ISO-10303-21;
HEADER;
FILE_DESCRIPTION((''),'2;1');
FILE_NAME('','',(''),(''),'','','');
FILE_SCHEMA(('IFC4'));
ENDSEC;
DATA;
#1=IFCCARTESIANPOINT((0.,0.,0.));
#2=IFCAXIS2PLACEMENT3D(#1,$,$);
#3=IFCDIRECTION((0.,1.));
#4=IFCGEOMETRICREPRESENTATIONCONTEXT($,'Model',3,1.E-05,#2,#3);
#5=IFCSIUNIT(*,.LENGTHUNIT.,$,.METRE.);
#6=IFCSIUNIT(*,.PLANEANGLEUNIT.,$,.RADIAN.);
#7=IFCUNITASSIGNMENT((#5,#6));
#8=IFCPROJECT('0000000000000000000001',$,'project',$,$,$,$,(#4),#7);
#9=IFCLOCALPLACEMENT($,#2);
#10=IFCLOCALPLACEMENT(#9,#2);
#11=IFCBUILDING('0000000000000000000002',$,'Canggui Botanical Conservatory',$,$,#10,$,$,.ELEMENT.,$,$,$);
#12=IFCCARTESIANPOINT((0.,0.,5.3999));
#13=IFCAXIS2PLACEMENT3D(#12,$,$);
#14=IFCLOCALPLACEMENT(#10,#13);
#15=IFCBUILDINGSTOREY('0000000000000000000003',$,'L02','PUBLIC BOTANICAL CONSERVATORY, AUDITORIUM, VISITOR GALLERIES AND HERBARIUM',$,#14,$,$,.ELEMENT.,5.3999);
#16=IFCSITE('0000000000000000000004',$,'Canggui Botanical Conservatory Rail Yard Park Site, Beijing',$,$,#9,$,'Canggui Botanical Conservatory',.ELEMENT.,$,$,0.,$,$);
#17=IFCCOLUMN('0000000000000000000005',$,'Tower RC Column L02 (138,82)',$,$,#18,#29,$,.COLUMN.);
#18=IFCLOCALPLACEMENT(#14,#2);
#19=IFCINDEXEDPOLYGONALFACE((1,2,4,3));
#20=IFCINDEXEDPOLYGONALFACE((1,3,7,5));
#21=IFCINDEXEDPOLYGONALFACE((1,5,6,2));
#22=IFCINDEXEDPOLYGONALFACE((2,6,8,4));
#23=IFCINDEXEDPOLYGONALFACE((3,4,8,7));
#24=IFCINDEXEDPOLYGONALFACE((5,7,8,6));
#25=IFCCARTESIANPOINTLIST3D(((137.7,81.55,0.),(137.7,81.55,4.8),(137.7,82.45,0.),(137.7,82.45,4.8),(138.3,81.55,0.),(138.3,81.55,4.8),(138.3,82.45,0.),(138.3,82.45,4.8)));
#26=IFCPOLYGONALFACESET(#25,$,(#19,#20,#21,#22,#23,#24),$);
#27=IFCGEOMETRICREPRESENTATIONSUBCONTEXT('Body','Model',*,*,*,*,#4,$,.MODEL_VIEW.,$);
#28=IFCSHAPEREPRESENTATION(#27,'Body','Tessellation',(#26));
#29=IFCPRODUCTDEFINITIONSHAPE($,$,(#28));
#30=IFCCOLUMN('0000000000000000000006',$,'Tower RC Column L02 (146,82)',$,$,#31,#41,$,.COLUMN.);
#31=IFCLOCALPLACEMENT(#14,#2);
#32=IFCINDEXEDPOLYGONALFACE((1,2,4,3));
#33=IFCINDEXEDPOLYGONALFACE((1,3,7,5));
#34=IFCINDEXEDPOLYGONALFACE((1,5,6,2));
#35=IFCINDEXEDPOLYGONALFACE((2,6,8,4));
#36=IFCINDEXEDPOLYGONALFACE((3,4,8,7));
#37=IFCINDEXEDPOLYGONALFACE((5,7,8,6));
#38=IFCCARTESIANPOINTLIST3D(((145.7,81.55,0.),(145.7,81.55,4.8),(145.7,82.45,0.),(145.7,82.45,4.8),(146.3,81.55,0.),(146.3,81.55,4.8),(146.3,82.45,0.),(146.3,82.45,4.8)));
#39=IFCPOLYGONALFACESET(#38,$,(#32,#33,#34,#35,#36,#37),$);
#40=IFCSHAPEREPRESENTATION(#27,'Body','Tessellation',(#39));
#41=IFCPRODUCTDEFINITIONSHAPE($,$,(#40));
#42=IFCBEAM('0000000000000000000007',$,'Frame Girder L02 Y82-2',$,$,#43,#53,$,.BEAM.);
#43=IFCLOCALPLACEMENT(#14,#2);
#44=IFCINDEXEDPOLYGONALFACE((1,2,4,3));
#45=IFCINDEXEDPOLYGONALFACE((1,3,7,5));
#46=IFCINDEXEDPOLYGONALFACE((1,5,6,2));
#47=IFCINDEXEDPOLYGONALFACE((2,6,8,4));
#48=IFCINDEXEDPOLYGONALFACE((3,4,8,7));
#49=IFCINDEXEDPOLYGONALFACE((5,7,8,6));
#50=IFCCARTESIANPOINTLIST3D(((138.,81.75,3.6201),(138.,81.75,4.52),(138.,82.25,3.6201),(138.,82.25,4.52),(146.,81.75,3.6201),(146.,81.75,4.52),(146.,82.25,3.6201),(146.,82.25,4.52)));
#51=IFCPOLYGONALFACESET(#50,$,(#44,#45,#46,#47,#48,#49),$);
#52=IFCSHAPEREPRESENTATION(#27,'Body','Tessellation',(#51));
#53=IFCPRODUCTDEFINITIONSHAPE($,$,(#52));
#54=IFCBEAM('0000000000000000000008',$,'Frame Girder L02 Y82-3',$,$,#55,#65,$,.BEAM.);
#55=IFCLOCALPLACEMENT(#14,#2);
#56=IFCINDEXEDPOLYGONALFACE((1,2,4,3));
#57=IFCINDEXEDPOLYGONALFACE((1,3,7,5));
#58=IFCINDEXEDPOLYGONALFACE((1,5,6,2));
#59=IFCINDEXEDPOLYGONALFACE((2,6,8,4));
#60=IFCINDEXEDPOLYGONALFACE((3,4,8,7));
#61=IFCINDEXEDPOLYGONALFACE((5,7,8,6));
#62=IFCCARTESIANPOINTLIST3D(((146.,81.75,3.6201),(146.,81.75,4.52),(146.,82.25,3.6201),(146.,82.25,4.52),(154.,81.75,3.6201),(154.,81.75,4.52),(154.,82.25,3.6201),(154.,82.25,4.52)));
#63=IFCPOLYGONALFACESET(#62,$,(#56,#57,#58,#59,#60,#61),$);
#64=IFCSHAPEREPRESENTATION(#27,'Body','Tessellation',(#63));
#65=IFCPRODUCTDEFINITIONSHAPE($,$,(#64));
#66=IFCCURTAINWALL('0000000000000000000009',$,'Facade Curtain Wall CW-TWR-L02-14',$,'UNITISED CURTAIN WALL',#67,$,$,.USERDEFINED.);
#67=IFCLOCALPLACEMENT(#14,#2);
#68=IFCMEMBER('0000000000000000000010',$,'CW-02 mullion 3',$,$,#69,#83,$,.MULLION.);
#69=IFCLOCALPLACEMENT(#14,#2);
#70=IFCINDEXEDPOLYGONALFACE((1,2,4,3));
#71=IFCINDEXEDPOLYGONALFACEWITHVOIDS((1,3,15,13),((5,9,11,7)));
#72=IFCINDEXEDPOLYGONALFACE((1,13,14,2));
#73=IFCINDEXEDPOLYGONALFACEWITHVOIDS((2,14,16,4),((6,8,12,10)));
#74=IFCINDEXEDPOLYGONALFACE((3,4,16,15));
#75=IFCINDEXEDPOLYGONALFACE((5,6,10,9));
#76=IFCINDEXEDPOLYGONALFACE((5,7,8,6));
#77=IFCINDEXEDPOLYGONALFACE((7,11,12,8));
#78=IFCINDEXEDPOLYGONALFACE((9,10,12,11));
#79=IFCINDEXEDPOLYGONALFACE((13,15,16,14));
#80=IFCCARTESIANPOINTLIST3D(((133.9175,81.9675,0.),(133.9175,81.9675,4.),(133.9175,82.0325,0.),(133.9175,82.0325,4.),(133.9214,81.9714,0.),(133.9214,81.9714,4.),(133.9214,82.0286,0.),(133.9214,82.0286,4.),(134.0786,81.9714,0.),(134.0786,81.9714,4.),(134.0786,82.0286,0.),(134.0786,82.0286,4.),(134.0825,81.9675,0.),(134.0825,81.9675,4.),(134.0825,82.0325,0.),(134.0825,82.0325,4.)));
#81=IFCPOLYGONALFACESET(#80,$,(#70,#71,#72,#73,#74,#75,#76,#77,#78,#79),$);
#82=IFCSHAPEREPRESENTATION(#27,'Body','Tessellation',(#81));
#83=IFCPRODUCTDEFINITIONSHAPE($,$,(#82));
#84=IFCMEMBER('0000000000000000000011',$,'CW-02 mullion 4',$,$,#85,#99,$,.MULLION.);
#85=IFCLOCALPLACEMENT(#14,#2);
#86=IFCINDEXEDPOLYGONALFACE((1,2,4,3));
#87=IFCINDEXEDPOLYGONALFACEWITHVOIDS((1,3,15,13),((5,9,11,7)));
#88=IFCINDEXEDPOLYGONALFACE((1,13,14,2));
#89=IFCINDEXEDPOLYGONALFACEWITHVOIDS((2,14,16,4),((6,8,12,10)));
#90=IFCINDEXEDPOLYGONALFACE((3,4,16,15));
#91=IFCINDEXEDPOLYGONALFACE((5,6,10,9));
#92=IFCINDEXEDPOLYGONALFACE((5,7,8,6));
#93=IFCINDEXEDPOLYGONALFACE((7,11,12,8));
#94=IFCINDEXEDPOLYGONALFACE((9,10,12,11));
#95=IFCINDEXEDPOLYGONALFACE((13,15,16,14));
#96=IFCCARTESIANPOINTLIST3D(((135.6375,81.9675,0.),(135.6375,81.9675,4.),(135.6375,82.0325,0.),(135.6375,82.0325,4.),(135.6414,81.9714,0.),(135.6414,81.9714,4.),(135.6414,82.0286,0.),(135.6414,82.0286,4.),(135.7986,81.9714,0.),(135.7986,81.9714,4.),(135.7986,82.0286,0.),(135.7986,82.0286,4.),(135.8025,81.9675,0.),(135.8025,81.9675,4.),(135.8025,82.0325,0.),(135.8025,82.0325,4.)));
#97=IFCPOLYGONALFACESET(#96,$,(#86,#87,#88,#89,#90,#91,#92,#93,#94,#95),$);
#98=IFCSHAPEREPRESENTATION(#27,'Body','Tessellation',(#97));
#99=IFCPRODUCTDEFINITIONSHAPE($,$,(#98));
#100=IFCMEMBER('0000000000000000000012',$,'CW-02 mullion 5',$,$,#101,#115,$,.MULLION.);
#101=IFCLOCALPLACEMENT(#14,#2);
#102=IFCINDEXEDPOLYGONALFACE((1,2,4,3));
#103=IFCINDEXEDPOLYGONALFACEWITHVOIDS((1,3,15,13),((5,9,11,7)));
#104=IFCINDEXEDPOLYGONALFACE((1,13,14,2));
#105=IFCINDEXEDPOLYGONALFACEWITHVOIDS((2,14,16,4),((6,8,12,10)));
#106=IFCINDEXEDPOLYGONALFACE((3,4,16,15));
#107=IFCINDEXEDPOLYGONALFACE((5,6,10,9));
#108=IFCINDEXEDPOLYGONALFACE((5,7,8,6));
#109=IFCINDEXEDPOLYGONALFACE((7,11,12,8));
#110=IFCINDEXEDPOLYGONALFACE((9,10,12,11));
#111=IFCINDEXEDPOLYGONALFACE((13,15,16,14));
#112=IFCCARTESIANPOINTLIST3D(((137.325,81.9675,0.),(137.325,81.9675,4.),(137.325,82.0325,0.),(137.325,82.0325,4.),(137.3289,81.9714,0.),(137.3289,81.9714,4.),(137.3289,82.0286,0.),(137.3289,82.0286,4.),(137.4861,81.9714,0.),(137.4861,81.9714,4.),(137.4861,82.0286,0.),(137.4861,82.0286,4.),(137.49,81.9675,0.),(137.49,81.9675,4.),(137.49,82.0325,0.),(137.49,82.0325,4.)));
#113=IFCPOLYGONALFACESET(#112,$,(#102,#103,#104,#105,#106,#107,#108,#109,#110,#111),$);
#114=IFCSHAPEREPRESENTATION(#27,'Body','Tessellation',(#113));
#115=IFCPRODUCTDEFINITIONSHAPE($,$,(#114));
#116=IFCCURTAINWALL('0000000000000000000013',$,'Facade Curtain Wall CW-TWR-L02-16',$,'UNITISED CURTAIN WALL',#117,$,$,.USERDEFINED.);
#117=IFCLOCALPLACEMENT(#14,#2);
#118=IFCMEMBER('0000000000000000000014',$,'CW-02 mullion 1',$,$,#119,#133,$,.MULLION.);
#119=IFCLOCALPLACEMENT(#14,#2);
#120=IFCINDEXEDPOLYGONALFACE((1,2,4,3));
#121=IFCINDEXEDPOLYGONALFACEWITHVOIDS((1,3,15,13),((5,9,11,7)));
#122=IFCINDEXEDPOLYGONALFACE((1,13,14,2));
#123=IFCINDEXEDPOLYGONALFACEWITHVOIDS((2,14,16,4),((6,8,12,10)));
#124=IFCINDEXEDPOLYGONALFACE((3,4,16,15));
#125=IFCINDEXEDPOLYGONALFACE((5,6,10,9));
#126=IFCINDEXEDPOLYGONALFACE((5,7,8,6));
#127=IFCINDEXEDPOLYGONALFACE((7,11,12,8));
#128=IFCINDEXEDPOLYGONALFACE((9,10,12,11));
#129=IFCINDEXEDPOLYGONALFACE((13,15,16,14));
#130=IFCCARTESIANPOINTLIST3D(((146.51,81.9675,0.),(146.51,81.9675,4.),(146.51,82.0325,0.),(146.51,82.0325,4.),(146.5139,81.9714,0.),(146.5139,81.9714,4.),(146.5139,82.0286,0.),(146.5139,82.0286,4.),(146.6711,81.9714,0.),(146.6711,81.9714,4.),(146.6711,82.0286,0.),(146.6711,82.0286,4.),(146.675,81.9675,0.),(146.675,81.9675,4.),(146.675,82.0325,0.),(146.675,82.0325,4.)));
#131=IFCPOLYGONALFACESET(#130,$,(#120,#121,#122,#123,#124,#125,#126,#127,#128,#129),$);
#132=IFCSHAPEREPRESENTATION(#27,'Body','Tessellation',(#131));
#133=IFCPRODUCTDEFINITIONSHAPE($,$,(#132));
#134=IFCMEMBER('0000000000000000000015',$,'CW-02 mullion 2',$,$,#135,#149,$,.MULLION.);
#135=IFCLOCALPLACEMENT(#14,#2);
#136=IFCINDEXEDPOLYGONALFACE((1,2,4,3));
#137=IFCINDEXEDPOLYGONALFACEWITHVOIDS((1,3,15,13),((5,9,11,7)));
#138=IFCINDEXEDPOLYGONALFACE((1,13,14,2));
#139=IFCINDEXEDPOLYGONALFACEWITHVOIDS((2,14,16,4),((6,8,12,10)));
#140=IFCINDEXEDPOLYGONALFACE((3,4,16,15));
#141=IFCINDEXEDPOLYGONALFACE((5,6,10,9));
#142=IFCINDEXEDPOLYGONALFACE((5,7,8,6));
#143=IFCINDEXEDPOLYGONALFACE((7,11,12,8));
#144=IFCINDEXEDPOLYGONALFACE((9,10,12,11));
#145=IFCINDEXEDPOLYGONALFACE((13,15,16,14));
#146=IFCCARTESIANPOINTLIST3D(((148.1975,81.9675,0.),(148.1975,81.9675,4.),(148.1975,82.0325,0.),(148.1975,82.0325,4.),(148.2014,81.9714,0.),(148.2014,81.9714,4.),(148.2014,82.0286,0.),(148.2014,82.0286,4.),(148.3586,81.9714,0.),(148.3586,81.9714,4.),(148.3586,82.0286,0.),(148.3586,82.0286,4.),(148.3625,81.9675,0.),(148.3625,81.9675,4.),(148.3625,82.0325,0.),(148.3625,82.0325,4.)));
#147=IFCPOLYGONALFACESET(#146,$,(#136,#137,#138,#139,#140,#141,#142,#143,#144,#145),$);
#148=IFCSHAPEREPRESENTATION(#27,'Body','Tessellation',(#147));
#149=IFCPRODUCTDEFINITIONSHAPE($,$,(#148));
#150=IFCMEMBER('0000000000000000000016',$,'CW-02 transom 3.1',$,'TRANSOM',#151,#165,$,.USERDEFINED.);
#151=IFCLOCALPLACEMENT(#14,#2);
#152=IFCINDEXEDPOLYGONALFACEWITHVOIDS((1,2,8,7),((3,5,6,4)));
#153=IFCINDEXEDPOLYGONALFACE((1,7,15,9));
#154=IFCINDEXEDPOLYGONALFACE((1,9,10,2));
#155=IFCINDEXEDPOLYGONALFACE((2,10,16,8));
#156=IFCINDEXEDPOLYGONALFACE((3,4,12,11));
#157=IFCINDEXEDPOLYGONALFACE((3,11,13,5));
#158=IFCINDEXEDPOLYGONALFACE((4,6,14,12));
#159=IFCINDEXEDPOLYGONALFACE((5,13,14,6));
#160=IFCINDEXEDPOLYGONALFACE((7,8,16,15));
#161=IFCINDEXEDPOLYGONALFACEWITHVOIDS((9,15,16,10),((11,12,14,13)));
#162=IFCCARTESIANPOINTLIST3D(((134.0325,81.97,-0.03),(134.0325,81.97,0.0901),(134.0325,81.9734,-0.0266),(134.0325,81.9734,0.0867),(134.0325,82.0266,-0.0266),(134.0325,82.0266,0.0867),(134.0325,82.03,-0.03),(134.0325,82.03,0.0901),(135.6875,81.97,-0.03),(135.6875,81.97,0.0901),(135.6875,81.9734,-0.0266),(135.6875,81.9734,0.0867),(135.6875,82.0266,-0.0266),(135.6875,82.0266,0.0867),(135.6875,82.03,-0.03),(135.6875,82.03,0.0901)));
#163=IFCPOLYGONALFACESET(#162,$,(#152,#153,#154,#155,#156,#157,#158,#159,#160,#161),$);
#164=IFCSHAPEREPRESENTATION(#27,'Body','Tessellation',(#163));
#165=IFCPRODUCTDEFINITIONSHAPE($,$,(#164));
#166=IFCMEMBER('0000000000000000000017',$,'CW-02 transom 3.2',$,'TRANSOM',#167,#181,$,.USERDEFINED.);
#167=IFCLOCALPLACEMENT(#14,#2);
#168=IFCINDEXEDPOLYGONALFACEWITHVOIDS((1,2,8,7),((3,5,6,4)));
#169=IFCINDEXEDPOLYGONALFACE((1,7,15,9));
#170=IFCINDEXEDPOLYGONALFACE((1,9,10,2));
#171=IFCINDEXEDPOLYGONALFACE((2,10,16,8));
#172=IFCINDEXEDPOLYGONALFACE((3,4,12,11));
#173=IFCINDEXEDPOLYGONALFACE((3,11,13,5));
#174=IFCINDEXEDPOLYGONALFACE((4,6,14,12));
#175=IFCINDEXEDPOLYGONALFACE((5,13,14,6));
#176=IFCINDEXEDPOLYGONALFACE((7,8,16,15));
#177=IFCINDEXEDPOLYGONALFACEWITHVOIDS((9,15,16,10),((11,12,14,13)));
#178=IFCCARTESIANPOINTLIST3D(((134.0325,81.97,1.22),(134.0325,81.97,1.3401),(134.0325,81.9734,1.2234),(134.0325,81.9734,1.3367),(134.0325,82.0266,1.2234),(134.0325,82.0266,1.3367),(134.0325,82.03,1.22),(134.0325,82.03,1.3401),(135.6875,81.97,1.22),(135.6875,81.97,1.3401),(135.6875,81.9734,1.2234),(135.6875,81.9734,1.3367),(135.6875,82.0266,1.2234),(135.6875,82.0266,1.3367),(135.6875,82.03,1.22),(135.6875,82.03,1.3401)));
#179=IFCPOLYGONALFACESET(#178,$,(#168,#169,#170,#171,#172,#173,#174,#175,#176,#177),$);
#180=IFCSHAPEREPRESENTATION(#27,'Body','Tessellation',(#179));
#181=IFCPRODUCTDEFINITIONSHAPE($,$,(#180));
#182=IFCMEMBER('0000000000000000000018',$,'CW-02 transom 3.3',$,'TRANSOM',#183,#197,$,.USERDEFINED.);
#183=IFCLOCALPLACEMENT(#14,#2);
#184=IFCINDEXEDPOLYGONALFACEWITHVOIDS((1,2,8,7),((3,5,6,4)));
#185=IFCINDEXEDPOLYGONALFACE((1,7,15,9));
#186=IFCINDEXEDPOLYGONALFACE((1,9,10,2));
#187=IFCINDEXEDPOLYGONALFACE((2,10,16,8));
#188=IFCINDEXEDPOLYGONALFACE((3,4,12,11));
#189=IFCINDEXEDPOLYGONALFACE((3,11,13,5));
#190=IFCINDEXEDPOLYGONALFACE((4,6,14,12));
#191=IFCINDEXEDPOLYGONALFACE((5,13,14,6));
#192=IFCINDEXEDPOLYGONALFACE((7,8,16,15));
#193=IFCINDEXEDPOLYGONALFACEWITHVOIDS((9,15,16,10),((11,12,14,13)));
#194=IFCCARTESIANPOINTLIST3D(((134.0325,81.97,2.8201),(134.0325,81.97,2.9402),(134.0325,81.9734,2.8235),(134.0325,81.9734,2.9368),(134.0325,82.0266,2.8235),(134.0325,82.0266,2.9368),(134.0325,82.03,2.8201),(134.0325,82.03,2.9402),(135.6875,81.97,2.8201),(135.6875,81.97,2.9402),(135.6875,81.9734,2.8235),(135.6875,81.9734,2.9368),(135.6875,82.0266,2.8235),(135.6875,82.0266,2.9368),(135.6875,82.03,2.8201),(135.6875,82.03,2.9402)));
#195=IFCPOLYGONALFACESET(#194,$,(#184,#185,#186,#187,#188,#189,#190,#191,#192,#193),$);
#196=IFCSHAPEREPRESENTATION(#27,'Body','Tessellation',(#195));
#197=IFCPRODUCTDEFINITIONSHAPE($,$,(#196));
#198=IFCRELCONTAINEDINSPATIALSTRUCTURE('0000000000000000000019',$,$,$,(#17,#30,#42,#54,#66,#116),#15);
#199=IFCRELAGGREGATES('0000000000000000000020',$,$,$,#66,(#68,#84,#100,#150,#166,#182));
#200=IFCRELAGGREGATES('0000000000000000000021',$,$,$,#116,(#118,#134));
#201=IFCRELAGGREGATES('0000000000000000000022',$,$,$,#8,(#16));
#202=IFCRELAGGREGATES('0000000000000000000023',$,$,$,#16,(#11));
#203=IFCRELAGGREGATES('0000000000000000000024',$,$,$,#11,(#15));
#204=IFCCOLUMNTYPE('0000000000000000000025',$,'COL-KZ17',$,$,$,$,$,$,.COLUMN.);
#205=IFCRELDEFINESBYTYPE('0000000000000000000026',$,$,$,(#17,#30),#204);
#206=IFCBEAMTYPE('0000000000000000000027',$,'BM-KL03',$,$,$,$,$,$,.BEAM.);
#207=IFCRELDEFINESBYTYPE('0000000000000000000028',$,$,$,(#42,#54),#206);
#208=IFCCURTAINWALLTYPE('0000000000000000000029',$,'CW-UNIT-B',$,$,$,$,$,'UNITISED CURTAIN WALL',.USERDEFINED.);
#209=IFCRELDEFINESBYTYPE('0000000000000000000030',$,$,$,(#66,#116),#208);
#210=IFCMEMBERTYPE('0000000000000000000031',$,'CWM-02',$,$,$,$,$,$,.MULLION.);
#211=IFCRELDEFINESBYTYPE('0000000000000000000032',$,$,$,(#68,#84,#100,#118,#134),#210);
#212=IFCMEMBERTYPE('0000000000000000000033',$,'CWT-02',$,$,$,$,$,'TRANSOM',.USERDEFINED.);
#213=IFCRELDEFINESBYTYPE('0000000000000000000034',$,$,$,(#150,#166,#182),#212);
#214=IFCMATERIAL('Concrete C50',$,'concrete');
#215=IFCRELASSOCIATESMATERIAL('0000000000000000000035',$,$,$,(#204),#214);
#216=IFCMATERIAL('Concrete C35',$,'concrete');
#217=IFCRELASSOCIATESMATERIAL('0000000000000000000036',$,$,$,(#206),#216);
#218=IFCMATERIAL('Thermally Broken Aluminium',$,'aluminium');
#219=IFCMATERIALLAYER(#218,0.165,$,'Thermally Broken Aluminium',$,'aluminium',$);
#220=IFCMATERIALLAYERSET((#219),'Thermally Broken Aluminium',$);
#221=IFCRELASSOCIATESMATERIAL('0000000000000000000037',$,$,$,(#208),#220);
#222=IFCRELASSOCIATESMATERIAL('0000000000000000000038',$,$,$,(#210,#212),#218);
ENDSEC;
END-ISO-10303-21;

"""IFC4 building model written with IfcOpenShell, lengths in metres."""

from ifc_helpers import new_model, si_unit, direction, frame, origin, origin_2d, place, context, subcontext, project, spatial, rectangle, hollow_rectangle, extrude, material, layer, layer_set, material_profile, profile_set, type_object, element, aggregate, save


model = new_model("IFC4")

# Units and contexts
model_context = context("Model", 3, precision=1e-05, world=origin(), true_north=direction((0.0, 1.0)))
body_context = subcontext(model_context, "Body", "Model", "MODEL_VIEW")
ifc_project = project(units=[si_unit("LENGTHUNIT", "METRE"), si_unit("PLANEANGLEUNIT", "RADIAN")], contexts=[model_context])

# Site, building, storey
site_placement = place(None, origin())
site = spatial("IfcSite", under=ifc_project, at=site_placement, Name="Canggui Botanical Conservatory Rail Yard Park Site, Beijing", LongName="Canggui Botanical Conservatory", CompositionType="ELEMENT", RefElevation=0.0)
building_placement = place(site_placement, origin())
building = spatial("IfcBuilding", under=site, at=building_placement, Name="Canggui Botanical Conservatory", CompositionType="ELEMENT")
storey_placement = place(building_placement, frame((0.0, 0.0, 5.3999)))
storey = spatial("IfcBuildingStorey", under=building, at=storey_placement, Name="L02", Description="PUBLIC BOTANICAL CONSERVATORY, AUDITORIUM, VISITOR GALLERIES AND HERBARIUM", CompositionType="ELEMENT", Elevation=5.3999)

# Columns
ifc_material_1 = material(Name="Concrete C50", Category="concrete")
ifc_material_profile_1 = material_profile(ifc_material_1, rectangle(XDim=0.6001, YDim=0.8999, at=origin_2d()), Name="RC 600x900")
ifc_profile_set_1 = profile_set([ifc_material_profile_1], Name="Concrete C50")
column_type = type_object("IfcColumnType", Name="COL-KZ17", PredefinedType="COLUMN", material=ifc_profile_set_1)
for number, where, z_axis, x_axis, name in (
    (1, (138.0, 82.0, 0.0), (0.0, 0.0, 1.0), (1.0, 0.0, 0.0), "Tower RC Column L02 (138,82)"),
    (2, (146.0, 82.0, 0.0), (0.0, 0.0, 1.0), (1.0, 0.0, 0.0), "Tower RC Column L02 (146,82)"),
):
    element("IfcColumn", number, at=place(storey_placement, frame(where, z_axis=z_axis, x_axis=x_axis)), inside=storey, type_object=column_type, Name=name, PredefinedType="COLUMN", context=body_context, shape_type="SweptSolid", body=[
        extrude(rectangle(XDim=0.6001, YDim=0.8999, at=origin_2d()), origin(), (0.0, 0.0, 1.0), 4.8),
    ])

# Beams
ifc_material_2 = material(Name="Concrete C35", Category="concrete")
ifc_material_profile_2 = material_profile(ifc_material_2, rectangle(XDim=0.5, YDim=0.8999, at=origin_2d()), Name="RB 500x900")
ifc_profile_set_2 = profile_set([ifc_material_profile_2], Name="Concrete C35")
beam_type = type_object("IfcBeamType", Name="BM-KL03", PredefinedType="BEAM", material=ifc_profile_set_2)
for number, where, z_axis, x_axis, name in (
    (3, (138.0, 82.0, 4.0701), (1.0, 0.0, 0.0), (0.0, 1.0, 0.0), "Frame Girder L02 Y82-2"),
    (4, (146.0, 82.0, 4.0701), (1.0, 0.0, 0.0), (0.0, 1.0, 0.0), "Frame Girder L02 Y82-3"),
):
    element("IfcBeam", number, at=place(storey_placement, frame(where, z_axis=z_axis, x_axis=x_axis)), inside=storey, type_object=beam_type, Name=name, PredefinedType="BEAM", context=body_context, shape_type="SweptSolid", body=[
        extrude(rectangle(XDim=0.5, YDim=0.8999, at=origin_2d()), origin(), (0.0, 0.0, 1.0), 8.0),
    ])

# Curtain walls, members
ifc_material_3 = material(Name="Thermally Broken Aluminium", Category="aluminium")
ifc_layer_1 = layer(ifc_material_3, 0.165, Name="Thermally Broken Aluminium", Category="aluminium")
ifc_layer_set_1 = layer_set([ifc_layer_1], Name="Thermally Broken Aluminium")
curtain_wall_type = type_object("IfcCurtainWallType", Name="CW-UNIT-B", ElementType="UNITISED CURTAIN WALL", PredefinedType="USERDEFINED", material=ifc_layer_set_1)
curtain_wall_1_placement = place(storey_placement, origin())
curtain_wall_1 = element("IfcCurtainWall", 5, at=curtain_wall_1_placement, inside=storey, type_object=curtain_wall_type, Name="Facade Curtain Wall CW-TWR-L02-14", ObjectType="UNITISED CURTAIN WALL", PredefinedType="USERDEFINED")
ifc_material_profile_3 = material_profile(ifc_material_3, hollow_rectangle(XDim=0.0649, YDim=0.165, WallThickness=0.0039, at=origin_2d()), Name="CWM 65x165x4")
ifc_profile_set_3 = profile_set([ifc_material_profile_3], Name="Thermally Broken Aluminium")
member_type_1 = type_object("IfcMemberType", Name="CWM-02", PredefinedType="MULLION", material=ifc_profile_set_3)
member_1_placement = place(storey_placement, frame((134.0, 82.0, 0.0), z_axis=(0.0, 0.0, 1.0), x_axis=(0.0, 1.0, 0.0)))
member_1 = element("IfcMember", 6, at=member_1_placement, type_object=member_type_1, Name="CW-02 mullion 3", PredefinedType="MULLION", context=body_context, shape_type="SweptSolid", body=[
    extrude(hollow_rectangle(XDim=0.0649, YDim=0.165, WallThickness=0.0039, at=origin_2d()), origin(), (0.0, 0.0, 1.0), 4.0),
])
member_2_placement = place(storey_placement, frame((135.72, 82.0, 0.0), z_axis=(0.0, 0.0, 1.0), x_axis=(0.0, 1.0, 0.0)))
member_2 = element("IfcMember", 7, at=member_2_placement, type_object=member_type_1, Name="CW-02 mullion 4", PredefinedType="MULLION", context=body_context, shape_type="SweptSolid", body=[
    extrude(hollow_rectangle(XDim=0.0649, YDim=0.165, WallThickness=0.0039, at=origin_2d()), origin(), (0.0, 0.0, 1.0), 4.0),
])
member_3_placement = place(storey_placement, frame((137.4075, 82.0, 0.0), z_axis=(0.0, 0.0, 1.0), x_axis=(0.0, 1.0, 0.0)))
member_3 = element("IfcMember", 8, at=member_3_placement, type_object=member_type_1, Name="CW-02 mullion 5", PredefinedType="MULLION", context=body_context, shape_type="SweptSolid", body=[
    extrude(hollow_rectangle(XDim=0.0649, YDim=0.165, WallThickness=0.0039, at=origin_2d()), origin(), (0.0, 0.0, 1.0), 4.0),
])
curtain_wall_2_placement = place(storey_placement, origin())
curtain_wall_2 = element("IfcCurtainWall", 9, at=curtain_wall_2_placement, inside=storey, type_object=curtain_wall_type, Name="Facade Curtain Wall CW-TWR-L02-16", ObjectType="UNITISED CURTAIN WALL", PredefinedType="USERDEFINED")
member_4_placement = place(storey_placement, frame((146.5925, 82.0, 0.0), z_axis=(0.0, 0.0, 1.0), x_axis=(0.0, 1.0, 0.0)))
member_4 = element("IfcMember", 10, at=member_4_placement, type_object=member_type_1, Name="CW-02 mullion 1", PredefinedType="MULLION", context=body_context, shape_type="SweptSolid", body=[
    extrude(hollow_rectangle(XDim=0.0649, YDim=0.165, WallThickness=0.0039, at=origin_2d()), origin(), (0.0, 0.0, 1.0), 4.0),
])
member_5_placement = place(storey_placement, frame((148.28, 82.0, 0.0), z_axis=(0.0, 0.0, 1.0), x_axis=(0.0, 1.0, 0.0)))
member_5 = element("IfcMember", 11, at=member_5_placement, type_object=member_type_1, Name="CW-02 mullion 2", PredefinedType="MULLION", context=body_context, shape_type="SweptSolid", body=[
    extrude(hollow_rectangle(XDim=0.0649, YDim=0.165, WallThickness=0.0039, at=origin_2d()), origin(), (0.0, 0.0, 1.0), 4.0),
])

# Members
ifc_material_profile_4 = material_profile(ifc_material_3, hollow_rectangle(XDim=0.0601, YDim=0.1201, WallThickness=0.0034, at=origin_2d()), Name="CWT 60x120x3.5")
ifc_profile_set_4 = profile_set([ifc_material_profile_4], Name="Thermally Broken Aluminium")
member_type_2 = type_object("IfcMemberType", Name="CWT-02", ElementType="TRANSOM", PredefinedType="USERDEFINED", material=ifc_profile_set_4)
member_6_placement = place(storey_placement, frame((134.0325, 82.0, 0.03), z_axis=(1.0, 0.0, 0.0), x_axis=(0.0, 1.0, 0.0)))
member_6 = element("IfcMember", 12, at=member_6_placement, type_object=member_type_2, Name="CW-02 transom 3.1", ObjectType="TRANSOM", PredefinedType="USERDEFINED", context=body_context, shape_type="SweptSolid", body=[
    extrude(hollow_rectangle(XDim=0.0601, YDim=0.1201, WallThickness=0.0034, at=origin_2d()), origin(), (0.0, 0.0, 1.0), 1.655),
])
member_7_placement = place(storey_placement, frame((134.0325, 82.0, 1.28), z_axis=(1.0, 0.0, 0.0), x_axis=(0.0, 1.0, 0.0)))
member_7 = element("IfcMember", 13, at=member_7_placement, type_object=member_type_2, Name="CW-02 transom 3.2", ObjectType="TRANSOM", PredefinedType="USERDEFINED", context=body_context, shape_type="SweptSolid", body=[
    extrude(hollow_rectangle(XDim=0.0601, YDim=0.1201, WallThickness=0.0034, at=origin_2d()), origin(), (0.0, 0.0, 1.0), 1.655),
])
member_8_placement = place(storey_placement, frame((134.0325, 82.0, 2.8801), z_axis=(1.0, 0.0, 0.0), x_axis=(0.0, 1.0, 0.0)))
member_8 = element("IfcMember", 14, at=member_8_placement, type_object=member_type_2, Name="CW-02 transom 3.3", ObjectType="TRANSOM", PredefinedType="USERDEFINED", context=body_context, shape_type="SweptSolid", body=[
    extrude(hollow_rectangle(XDim=0.0601, YDim=0.1201, WallThickness=0.0034, at=origin_2d()), origin(), (0.0, 0.0, 1.0), 1.655),
])

aggregate(curtain_wall_1, [member_1, member_2, member_3, member_6, member_7, member_8])
aggregate(curtain_wall_2, [member_4, member_5])

save(model, "model.ifc")
